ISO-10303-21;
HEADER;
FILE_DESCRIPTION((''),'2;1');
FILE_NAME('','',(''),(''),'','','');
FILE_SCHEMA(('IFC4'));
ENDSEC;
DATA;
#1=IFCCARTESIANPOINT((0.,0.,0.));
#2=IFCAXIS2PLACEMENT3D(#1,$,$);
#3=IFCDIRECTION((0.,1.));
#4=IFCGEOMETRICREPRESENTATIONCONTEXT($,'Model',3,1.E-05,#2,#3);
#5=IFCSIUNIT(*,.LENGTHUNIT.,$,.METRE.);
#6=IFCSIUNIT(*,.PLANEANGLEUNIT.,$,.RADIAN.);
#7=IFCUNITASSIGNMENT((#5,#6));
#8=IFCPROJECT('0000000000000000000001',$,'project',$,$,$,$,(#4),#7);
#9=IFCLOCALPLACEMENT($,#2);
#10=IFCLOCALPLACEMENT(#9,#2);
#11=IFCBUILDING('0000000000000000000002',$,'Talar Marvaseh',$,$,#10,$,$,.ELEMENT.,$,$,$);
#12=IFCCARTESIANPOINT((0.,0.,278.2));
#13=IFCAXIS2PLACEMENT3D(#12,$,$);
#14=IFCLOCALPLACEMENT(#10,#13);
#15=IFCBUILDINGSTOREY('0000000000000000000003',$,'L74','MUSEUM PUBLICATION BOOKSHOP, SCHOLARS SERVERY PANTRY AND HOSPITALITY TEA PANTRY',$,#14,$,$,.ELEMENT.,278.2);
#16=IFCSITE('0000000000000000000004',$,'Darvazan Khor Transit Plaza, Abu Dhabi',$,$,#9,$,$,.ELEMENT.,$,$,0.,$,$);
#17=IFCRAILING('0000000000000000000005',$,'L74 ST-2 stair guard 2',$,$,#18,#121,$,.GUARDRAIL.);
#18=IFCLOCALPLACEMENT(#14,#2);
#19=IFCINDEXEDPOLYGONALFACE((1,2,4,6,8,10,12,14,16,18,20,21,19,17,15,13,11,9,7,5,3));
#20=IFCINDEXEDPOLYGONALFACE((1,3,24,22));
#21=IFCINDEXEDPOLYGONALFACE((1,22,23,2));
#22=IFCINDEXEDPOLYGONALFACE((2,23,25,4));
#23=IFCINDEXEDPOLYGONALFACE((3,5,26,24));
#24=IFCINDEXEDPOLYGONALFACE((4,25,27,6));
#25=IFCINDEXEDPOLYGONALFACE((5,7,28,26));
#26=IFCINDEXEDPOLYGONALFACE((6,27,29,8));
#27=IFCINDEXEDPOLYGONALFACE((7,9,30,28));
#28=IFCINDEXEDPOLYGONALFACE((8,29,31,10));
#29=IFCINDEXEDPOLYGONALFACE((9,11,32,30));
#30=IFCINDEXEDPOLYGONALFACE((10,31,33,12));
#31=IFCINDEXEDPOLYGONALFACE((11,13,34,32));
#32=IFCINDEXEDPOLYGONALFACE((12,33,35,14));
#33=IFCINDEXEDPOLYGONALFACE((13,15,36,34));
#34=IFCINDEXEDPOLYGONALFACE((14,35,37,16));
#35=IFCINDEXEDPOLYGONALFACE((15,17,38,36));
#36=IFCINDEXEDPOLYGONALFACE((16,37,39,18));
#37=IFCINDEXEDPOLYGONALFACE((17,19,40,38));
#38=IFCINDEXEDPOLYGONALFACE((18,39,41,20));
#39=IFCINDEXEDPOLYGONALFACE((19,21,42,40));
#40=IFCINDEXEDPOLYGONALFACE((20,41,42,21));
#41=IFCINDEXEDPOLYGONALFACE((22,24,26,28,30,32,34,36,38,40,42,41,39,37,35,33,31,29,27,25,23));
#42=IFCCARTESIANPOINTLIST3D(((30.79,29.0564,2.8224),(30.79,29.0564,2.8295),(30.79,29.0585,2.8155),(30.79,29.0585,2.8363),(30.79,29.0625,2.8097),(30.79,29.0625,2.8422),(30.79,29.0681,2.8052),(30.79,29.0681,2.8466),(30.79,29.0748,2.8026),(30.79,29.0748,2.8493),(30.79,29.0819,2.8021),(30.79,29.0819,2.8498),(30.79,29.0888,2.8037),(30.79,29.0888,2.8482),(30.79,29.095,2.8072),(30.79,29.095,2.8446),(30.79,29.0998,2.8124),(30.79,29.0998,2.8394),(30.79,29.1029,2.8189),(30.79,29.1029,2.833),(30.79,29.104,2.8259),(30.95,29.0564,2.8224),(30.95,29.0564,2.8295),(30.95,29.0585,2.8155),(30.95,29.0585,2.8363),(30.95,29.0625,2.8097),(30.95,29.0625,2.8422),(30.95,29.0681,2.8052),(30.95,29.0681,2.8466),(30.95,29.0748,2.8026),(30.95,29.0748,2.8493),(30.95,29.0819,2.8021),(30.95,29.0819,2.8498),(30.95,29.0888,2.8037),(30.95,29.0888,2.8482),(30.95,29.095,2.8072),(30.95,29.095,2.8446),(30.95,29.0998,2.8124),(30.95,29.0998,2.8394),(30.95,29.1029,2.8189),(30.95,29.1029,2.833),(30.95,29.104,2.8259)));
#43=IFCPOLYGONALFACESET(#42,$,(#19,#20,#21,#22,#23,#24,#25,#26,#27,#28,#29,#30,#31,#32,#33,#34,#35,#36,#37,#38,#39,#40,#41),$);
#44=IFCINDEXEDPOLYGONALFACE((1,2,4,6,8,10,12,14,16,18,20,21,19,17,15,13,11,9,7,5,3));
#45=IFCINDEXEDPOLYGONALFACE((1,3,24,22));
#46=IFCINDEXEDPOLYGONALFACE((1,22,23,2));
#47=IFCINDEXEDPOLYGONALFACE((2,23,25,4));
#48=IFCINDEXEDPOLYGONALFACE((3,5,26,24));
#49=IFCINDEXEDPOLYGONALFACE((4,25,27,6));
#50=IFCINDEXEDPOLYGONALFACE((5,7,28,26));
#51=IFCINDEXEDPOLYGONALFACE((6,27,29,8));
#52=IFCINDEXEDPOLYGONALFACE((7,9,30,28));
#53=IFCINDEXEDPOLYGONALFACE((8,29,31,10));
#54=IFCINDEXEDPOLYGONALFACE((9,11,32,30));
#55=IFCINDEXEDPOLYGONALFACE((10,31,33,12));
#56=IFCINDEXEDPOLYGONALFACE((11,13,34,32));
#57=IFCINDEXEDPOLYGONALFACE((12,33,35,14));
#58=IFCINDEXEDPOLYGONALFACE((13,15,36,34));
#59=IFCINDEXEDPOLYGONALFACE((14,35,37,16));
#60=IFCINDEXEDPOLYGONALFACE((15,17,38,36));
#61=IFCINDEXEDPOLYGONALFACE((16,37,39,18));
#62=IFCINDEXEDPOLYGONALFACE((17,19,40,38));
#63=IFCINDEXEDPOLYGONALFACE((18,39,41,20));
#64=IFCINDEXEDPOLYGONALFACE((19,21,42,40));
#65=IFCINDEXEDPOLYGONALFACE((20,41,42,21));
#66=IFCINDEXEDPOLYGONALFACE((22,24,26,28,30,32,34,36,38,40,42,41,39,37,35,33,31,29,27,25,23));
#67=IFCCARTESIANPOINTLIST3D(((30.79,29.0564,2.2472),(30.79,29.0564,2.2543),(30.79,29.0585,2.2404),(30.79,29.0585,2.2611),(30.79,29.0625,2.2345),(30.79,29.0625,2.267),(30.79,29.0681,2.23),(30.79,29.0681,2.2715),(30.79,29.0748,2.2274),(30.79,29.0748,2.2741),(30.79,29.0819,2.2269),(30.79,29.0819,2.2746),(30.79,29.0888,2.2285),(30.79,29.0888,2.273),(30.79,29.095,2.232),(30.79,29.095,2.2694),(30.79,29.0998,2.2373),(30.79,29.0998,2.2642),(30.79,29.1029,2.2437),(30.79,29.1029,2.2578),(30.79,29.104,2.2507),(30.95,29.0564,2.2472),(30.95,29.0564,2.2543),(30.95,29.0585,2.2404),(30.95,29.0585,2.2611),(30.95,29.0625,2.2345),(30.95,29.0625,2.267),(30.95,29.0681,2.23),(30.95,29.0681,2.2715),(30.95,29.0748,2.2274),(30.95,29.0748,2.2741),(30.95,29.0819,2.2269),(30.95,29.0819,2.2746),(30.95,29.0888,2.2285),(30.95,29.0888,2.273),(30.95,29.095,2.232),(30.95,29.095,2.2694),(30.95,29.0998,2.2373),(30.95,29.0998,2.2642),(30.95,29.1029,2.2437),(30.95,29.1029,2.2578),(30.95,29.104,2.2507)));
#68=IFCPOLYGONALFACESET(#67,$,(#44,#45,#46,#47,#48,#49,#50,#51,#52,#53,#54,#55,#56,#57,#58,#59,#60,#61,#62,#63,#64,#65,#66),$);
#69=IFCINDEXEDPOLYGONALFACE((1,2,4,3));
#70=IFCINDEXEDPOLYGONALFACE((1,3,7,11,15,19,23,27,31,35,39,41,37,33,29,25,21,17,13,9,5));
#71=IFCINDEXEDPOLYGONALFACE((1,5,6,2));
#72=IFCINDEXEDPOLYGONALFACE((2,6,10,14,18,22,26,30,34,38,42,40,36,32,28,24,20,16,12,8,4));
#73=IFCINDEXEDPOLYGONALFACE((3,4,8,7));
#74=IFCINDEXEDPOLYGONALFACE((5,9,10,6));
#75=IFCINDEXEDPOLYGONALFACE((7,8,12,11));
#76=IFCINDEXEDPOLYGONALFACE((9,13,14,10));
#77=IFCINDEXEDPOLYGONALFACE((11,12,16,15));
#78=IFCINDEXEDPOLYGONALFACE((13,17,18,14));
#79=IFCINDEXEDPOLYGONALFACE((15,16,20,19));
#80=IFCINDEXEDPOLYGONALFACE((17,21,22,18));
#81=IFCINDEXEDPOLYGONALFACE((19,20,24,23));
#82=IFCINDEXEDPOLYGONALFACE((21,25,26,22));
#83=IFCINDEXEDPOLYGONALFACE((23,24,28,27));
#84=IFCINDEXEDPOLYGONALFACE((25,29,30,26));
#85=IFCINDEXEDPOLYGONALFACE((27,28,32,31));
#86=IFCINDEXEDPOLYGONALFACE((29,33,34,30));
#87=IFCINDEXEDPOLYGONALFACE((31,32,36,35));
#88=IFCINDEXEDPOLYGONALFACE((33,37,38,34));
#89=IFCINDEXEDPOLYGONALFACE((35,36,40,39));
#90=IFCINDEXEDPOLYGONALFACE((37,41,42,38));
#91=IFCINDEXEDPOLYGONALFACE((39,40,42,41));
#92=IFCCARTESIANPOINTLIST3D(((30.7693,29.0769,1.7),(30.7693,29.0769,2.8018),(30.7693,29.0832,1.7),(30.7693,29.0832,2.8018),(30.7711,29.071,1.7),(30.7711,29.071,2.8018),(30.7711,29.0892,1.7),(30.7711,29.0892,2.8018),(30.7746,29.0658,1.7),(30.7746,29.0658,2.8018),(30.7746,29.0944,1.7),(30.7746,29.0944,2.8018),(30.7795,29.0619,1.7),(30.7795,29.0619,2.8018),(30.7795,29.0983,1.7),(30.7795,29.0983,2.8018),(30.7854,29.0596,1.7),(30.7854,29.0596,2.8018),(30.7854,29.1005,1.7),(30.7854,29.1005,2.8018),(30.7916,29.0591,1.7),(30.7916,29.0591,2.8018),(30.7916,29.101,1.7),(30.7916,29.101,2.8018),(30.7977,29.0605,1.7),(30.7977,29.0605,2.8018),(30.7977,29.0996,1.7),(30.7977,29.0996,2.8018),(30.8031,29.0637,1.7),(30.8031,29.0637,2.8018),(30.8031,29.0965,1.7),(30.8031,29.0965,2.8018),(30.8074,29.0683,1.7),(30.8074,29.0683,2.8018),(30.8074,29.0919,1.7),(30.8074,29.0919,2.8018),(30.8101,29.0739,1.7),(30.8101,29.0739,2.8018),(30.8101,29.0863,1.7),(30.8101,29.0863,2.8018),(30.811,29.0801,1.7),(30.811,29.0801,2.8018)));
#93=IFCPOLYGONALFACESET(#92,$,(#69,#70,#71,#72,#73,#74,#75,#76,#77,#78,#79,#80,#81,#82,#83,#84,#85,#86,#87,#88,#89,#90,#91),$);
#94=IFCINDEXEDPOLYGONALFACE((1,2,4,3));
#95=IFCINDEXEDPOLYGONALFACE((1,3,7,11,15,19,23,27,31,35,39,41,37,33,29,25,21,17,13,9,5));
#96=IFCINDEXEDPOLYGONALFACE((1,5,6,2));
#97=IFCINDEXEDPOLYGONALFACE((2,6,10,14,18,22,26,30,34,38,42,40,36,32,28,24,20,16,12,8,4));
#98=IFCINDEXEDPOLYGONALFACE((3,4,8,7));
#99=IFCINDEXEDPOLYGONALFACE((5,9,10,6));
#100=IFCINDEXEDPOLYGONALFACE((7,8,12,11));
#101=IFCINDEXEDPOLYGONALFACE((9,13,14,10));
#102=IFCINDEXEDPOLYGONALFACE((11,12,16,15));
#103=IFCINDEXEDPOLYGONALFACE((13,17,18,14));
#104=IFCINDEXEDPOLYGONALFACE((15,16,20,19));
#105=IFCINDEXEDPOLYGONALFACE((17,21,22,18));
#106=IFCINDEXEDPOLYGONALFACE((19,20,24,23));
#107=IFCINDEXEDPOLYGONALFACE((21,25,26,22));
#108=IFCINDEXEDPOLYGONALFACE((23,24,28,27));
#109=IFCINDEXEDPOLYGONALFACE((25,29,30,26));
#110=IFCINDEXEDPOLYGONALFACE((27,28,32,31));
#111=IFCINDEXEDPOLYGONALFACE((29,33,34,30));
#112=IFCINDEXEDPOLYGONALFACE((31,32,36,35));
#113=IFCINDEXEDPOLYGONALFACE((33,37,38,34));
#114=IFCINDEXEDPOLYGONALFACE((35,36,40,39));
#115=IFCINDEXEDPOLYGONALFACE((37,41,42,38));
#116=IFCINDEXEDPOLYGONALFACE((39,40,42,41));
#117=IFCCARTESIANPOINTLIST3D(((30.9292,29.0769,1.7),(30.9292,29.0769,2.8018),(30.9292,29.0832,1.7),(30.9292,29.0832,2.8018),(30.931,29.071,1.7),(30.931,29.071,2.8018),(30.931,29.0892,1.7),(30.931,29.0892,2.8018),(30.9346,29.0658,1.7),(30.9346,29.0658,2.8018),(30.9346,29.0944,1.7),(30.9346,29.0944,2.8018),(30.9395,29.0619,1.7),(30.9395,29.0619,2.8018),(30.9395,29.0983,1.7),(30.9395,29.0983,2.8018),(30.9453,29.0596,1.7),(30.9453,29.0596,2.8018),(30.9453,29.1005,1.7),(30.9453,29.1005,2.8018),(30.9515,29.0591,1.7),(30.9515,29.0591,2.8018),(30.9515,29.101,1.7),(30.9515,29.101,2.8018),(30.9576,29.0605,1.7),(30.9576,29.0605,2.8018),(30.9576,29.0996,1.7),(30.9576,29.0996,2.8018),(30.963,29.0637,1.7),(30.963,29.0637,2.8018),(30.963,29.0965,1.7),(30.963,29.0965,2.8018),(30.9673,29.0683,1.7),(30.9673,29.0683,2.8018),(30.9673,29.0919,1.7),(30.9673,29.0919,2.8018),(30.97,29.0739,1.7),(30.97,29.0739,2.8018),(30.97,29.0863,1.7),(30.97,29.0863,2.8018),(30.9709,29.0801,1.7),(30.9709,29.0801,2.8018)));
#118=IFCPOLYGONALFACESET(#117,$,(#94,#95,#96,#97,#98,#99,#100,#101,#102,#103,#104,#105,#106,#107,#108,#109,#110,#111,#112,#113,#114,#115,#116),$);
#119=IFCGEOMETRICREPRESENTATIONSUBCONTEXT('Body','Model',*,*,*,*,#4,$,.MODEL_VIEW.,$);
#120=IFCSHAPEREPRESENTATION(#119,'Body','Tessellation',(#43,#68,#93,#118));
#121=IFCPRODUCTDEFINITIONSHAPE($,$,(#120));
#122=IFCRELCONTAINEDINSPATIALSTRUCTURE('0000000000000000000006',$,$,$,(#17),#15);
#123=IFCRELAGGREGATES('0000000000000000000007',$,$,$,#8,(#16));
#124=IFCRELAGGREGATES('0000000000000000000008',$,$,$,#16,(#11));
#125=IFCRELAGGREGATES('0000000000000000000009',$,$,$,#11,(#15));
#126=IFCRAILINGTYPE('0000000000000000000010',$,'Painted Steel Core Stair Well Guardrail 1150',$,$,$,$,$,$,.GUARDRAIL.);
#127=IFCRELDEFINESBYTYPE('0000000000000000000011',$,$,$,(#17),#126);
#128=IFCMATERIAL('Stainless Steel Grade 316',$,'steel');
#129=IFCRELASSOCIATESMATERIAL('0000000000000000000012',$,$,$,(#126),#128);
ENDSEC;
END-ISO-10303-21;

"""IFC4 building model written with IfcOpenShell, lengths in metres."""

from ifc_helpers import new_model, si_unit, direction, frame, origin, origin_2d, place, context, subcontext, project, spatial, circle, extrude, material, type_object, element, save


model = new_model("IFC4")

# Units and contexts
model_context = context("Model", 3, precision=1e-05, world=origin(), true_north=direction((0.0, 1.0)))
body_context = subcontext(model_context, "Body", "Model", "MODEL_VIEW")
ifc_project = project(units=[si_unit("LENGTHUNIT", "METRE"), si_unit("PLANEANGLEUNIT", "RADIAN")], contexts=[model_context])

# Site, building, storey
site_placement = place(None, origin())
site = spatial("IfcSite", under=ifc_project, at=site_placement, Name="Darvazan Khor Transit Plaza, Abu Dhabi", CompositionType="ELEMENT", RefElevation=0.0)
building_placement = place(site_placement, origin())
building = spatial("IfcBuilding", under=site, at=building_placement, Name="Talar Marvaseh", CompositionType="ELEMENT")
storey_placement = place(building_placement, frame((0.0, 0.0, 278.2)))
storey = spatial("IfcBuildingStorey", under=building, at=storey_placement, Name="L74", Description="MUSEUM PUBLICATION BOOKSHOP, SCHOLARS SERVERY PANTRY AND HOSPITALITY TEA PANTRY", CompositionType="ELEMENT", Elevation=278.2)

# Shared definitions
ifc_material_1 = material(Name="Stainless Steel Grade 316", Category="steel")

# Railing
railing_type_1 = type_object("IfcRailingType", Name="Painted Steel Core Stair Well Guardrail 1150", PredefinedType="GUARDRAIL", material=ifc_material_1)
railing_1_placement = place(storey_placement, frame((30.79, 29.0801, 1.7)))
element("IfcRailing", 1, at=railing_1_placement, inside=storey, type_object=railing_type_1, Name="L74 ST-2 stair guard 2", PredefinedType="GUARDRAIL", context=body_context, shape_type="SweptSolid", body=[
    extrude(circle(Radius=0.0239, at=origin_2d()), frame((0.0, 0.0, 1.126), z_axis=(1.0, 0.0, 0.0), x_axis=(0.0, 1.0, 0.0)), (0.0, 0.0, 1.0), 0.1599),
    extrude(circle(Radius=0.0239, at=origin_2d()), frame((0.0, 0.0, 0.5508), z_axis=(1.0, 0.0, 0.0), x_axis=(0.0, 1.0, 0.0)), (0.0, 0.0, 1.0), 0.1599),
    extrude(circle(Radius=0.021, at=origin_2d()), origin(), (0.0, 0.0, 1.0), 1.1018),
    extrude(circle(Radius=0.021, at=origin_2d()), frame((0.1599, 0.0, 0.0)), (0.0, 0.0, 1.0), 1.1018),
])

save(model, "model.ifc")
